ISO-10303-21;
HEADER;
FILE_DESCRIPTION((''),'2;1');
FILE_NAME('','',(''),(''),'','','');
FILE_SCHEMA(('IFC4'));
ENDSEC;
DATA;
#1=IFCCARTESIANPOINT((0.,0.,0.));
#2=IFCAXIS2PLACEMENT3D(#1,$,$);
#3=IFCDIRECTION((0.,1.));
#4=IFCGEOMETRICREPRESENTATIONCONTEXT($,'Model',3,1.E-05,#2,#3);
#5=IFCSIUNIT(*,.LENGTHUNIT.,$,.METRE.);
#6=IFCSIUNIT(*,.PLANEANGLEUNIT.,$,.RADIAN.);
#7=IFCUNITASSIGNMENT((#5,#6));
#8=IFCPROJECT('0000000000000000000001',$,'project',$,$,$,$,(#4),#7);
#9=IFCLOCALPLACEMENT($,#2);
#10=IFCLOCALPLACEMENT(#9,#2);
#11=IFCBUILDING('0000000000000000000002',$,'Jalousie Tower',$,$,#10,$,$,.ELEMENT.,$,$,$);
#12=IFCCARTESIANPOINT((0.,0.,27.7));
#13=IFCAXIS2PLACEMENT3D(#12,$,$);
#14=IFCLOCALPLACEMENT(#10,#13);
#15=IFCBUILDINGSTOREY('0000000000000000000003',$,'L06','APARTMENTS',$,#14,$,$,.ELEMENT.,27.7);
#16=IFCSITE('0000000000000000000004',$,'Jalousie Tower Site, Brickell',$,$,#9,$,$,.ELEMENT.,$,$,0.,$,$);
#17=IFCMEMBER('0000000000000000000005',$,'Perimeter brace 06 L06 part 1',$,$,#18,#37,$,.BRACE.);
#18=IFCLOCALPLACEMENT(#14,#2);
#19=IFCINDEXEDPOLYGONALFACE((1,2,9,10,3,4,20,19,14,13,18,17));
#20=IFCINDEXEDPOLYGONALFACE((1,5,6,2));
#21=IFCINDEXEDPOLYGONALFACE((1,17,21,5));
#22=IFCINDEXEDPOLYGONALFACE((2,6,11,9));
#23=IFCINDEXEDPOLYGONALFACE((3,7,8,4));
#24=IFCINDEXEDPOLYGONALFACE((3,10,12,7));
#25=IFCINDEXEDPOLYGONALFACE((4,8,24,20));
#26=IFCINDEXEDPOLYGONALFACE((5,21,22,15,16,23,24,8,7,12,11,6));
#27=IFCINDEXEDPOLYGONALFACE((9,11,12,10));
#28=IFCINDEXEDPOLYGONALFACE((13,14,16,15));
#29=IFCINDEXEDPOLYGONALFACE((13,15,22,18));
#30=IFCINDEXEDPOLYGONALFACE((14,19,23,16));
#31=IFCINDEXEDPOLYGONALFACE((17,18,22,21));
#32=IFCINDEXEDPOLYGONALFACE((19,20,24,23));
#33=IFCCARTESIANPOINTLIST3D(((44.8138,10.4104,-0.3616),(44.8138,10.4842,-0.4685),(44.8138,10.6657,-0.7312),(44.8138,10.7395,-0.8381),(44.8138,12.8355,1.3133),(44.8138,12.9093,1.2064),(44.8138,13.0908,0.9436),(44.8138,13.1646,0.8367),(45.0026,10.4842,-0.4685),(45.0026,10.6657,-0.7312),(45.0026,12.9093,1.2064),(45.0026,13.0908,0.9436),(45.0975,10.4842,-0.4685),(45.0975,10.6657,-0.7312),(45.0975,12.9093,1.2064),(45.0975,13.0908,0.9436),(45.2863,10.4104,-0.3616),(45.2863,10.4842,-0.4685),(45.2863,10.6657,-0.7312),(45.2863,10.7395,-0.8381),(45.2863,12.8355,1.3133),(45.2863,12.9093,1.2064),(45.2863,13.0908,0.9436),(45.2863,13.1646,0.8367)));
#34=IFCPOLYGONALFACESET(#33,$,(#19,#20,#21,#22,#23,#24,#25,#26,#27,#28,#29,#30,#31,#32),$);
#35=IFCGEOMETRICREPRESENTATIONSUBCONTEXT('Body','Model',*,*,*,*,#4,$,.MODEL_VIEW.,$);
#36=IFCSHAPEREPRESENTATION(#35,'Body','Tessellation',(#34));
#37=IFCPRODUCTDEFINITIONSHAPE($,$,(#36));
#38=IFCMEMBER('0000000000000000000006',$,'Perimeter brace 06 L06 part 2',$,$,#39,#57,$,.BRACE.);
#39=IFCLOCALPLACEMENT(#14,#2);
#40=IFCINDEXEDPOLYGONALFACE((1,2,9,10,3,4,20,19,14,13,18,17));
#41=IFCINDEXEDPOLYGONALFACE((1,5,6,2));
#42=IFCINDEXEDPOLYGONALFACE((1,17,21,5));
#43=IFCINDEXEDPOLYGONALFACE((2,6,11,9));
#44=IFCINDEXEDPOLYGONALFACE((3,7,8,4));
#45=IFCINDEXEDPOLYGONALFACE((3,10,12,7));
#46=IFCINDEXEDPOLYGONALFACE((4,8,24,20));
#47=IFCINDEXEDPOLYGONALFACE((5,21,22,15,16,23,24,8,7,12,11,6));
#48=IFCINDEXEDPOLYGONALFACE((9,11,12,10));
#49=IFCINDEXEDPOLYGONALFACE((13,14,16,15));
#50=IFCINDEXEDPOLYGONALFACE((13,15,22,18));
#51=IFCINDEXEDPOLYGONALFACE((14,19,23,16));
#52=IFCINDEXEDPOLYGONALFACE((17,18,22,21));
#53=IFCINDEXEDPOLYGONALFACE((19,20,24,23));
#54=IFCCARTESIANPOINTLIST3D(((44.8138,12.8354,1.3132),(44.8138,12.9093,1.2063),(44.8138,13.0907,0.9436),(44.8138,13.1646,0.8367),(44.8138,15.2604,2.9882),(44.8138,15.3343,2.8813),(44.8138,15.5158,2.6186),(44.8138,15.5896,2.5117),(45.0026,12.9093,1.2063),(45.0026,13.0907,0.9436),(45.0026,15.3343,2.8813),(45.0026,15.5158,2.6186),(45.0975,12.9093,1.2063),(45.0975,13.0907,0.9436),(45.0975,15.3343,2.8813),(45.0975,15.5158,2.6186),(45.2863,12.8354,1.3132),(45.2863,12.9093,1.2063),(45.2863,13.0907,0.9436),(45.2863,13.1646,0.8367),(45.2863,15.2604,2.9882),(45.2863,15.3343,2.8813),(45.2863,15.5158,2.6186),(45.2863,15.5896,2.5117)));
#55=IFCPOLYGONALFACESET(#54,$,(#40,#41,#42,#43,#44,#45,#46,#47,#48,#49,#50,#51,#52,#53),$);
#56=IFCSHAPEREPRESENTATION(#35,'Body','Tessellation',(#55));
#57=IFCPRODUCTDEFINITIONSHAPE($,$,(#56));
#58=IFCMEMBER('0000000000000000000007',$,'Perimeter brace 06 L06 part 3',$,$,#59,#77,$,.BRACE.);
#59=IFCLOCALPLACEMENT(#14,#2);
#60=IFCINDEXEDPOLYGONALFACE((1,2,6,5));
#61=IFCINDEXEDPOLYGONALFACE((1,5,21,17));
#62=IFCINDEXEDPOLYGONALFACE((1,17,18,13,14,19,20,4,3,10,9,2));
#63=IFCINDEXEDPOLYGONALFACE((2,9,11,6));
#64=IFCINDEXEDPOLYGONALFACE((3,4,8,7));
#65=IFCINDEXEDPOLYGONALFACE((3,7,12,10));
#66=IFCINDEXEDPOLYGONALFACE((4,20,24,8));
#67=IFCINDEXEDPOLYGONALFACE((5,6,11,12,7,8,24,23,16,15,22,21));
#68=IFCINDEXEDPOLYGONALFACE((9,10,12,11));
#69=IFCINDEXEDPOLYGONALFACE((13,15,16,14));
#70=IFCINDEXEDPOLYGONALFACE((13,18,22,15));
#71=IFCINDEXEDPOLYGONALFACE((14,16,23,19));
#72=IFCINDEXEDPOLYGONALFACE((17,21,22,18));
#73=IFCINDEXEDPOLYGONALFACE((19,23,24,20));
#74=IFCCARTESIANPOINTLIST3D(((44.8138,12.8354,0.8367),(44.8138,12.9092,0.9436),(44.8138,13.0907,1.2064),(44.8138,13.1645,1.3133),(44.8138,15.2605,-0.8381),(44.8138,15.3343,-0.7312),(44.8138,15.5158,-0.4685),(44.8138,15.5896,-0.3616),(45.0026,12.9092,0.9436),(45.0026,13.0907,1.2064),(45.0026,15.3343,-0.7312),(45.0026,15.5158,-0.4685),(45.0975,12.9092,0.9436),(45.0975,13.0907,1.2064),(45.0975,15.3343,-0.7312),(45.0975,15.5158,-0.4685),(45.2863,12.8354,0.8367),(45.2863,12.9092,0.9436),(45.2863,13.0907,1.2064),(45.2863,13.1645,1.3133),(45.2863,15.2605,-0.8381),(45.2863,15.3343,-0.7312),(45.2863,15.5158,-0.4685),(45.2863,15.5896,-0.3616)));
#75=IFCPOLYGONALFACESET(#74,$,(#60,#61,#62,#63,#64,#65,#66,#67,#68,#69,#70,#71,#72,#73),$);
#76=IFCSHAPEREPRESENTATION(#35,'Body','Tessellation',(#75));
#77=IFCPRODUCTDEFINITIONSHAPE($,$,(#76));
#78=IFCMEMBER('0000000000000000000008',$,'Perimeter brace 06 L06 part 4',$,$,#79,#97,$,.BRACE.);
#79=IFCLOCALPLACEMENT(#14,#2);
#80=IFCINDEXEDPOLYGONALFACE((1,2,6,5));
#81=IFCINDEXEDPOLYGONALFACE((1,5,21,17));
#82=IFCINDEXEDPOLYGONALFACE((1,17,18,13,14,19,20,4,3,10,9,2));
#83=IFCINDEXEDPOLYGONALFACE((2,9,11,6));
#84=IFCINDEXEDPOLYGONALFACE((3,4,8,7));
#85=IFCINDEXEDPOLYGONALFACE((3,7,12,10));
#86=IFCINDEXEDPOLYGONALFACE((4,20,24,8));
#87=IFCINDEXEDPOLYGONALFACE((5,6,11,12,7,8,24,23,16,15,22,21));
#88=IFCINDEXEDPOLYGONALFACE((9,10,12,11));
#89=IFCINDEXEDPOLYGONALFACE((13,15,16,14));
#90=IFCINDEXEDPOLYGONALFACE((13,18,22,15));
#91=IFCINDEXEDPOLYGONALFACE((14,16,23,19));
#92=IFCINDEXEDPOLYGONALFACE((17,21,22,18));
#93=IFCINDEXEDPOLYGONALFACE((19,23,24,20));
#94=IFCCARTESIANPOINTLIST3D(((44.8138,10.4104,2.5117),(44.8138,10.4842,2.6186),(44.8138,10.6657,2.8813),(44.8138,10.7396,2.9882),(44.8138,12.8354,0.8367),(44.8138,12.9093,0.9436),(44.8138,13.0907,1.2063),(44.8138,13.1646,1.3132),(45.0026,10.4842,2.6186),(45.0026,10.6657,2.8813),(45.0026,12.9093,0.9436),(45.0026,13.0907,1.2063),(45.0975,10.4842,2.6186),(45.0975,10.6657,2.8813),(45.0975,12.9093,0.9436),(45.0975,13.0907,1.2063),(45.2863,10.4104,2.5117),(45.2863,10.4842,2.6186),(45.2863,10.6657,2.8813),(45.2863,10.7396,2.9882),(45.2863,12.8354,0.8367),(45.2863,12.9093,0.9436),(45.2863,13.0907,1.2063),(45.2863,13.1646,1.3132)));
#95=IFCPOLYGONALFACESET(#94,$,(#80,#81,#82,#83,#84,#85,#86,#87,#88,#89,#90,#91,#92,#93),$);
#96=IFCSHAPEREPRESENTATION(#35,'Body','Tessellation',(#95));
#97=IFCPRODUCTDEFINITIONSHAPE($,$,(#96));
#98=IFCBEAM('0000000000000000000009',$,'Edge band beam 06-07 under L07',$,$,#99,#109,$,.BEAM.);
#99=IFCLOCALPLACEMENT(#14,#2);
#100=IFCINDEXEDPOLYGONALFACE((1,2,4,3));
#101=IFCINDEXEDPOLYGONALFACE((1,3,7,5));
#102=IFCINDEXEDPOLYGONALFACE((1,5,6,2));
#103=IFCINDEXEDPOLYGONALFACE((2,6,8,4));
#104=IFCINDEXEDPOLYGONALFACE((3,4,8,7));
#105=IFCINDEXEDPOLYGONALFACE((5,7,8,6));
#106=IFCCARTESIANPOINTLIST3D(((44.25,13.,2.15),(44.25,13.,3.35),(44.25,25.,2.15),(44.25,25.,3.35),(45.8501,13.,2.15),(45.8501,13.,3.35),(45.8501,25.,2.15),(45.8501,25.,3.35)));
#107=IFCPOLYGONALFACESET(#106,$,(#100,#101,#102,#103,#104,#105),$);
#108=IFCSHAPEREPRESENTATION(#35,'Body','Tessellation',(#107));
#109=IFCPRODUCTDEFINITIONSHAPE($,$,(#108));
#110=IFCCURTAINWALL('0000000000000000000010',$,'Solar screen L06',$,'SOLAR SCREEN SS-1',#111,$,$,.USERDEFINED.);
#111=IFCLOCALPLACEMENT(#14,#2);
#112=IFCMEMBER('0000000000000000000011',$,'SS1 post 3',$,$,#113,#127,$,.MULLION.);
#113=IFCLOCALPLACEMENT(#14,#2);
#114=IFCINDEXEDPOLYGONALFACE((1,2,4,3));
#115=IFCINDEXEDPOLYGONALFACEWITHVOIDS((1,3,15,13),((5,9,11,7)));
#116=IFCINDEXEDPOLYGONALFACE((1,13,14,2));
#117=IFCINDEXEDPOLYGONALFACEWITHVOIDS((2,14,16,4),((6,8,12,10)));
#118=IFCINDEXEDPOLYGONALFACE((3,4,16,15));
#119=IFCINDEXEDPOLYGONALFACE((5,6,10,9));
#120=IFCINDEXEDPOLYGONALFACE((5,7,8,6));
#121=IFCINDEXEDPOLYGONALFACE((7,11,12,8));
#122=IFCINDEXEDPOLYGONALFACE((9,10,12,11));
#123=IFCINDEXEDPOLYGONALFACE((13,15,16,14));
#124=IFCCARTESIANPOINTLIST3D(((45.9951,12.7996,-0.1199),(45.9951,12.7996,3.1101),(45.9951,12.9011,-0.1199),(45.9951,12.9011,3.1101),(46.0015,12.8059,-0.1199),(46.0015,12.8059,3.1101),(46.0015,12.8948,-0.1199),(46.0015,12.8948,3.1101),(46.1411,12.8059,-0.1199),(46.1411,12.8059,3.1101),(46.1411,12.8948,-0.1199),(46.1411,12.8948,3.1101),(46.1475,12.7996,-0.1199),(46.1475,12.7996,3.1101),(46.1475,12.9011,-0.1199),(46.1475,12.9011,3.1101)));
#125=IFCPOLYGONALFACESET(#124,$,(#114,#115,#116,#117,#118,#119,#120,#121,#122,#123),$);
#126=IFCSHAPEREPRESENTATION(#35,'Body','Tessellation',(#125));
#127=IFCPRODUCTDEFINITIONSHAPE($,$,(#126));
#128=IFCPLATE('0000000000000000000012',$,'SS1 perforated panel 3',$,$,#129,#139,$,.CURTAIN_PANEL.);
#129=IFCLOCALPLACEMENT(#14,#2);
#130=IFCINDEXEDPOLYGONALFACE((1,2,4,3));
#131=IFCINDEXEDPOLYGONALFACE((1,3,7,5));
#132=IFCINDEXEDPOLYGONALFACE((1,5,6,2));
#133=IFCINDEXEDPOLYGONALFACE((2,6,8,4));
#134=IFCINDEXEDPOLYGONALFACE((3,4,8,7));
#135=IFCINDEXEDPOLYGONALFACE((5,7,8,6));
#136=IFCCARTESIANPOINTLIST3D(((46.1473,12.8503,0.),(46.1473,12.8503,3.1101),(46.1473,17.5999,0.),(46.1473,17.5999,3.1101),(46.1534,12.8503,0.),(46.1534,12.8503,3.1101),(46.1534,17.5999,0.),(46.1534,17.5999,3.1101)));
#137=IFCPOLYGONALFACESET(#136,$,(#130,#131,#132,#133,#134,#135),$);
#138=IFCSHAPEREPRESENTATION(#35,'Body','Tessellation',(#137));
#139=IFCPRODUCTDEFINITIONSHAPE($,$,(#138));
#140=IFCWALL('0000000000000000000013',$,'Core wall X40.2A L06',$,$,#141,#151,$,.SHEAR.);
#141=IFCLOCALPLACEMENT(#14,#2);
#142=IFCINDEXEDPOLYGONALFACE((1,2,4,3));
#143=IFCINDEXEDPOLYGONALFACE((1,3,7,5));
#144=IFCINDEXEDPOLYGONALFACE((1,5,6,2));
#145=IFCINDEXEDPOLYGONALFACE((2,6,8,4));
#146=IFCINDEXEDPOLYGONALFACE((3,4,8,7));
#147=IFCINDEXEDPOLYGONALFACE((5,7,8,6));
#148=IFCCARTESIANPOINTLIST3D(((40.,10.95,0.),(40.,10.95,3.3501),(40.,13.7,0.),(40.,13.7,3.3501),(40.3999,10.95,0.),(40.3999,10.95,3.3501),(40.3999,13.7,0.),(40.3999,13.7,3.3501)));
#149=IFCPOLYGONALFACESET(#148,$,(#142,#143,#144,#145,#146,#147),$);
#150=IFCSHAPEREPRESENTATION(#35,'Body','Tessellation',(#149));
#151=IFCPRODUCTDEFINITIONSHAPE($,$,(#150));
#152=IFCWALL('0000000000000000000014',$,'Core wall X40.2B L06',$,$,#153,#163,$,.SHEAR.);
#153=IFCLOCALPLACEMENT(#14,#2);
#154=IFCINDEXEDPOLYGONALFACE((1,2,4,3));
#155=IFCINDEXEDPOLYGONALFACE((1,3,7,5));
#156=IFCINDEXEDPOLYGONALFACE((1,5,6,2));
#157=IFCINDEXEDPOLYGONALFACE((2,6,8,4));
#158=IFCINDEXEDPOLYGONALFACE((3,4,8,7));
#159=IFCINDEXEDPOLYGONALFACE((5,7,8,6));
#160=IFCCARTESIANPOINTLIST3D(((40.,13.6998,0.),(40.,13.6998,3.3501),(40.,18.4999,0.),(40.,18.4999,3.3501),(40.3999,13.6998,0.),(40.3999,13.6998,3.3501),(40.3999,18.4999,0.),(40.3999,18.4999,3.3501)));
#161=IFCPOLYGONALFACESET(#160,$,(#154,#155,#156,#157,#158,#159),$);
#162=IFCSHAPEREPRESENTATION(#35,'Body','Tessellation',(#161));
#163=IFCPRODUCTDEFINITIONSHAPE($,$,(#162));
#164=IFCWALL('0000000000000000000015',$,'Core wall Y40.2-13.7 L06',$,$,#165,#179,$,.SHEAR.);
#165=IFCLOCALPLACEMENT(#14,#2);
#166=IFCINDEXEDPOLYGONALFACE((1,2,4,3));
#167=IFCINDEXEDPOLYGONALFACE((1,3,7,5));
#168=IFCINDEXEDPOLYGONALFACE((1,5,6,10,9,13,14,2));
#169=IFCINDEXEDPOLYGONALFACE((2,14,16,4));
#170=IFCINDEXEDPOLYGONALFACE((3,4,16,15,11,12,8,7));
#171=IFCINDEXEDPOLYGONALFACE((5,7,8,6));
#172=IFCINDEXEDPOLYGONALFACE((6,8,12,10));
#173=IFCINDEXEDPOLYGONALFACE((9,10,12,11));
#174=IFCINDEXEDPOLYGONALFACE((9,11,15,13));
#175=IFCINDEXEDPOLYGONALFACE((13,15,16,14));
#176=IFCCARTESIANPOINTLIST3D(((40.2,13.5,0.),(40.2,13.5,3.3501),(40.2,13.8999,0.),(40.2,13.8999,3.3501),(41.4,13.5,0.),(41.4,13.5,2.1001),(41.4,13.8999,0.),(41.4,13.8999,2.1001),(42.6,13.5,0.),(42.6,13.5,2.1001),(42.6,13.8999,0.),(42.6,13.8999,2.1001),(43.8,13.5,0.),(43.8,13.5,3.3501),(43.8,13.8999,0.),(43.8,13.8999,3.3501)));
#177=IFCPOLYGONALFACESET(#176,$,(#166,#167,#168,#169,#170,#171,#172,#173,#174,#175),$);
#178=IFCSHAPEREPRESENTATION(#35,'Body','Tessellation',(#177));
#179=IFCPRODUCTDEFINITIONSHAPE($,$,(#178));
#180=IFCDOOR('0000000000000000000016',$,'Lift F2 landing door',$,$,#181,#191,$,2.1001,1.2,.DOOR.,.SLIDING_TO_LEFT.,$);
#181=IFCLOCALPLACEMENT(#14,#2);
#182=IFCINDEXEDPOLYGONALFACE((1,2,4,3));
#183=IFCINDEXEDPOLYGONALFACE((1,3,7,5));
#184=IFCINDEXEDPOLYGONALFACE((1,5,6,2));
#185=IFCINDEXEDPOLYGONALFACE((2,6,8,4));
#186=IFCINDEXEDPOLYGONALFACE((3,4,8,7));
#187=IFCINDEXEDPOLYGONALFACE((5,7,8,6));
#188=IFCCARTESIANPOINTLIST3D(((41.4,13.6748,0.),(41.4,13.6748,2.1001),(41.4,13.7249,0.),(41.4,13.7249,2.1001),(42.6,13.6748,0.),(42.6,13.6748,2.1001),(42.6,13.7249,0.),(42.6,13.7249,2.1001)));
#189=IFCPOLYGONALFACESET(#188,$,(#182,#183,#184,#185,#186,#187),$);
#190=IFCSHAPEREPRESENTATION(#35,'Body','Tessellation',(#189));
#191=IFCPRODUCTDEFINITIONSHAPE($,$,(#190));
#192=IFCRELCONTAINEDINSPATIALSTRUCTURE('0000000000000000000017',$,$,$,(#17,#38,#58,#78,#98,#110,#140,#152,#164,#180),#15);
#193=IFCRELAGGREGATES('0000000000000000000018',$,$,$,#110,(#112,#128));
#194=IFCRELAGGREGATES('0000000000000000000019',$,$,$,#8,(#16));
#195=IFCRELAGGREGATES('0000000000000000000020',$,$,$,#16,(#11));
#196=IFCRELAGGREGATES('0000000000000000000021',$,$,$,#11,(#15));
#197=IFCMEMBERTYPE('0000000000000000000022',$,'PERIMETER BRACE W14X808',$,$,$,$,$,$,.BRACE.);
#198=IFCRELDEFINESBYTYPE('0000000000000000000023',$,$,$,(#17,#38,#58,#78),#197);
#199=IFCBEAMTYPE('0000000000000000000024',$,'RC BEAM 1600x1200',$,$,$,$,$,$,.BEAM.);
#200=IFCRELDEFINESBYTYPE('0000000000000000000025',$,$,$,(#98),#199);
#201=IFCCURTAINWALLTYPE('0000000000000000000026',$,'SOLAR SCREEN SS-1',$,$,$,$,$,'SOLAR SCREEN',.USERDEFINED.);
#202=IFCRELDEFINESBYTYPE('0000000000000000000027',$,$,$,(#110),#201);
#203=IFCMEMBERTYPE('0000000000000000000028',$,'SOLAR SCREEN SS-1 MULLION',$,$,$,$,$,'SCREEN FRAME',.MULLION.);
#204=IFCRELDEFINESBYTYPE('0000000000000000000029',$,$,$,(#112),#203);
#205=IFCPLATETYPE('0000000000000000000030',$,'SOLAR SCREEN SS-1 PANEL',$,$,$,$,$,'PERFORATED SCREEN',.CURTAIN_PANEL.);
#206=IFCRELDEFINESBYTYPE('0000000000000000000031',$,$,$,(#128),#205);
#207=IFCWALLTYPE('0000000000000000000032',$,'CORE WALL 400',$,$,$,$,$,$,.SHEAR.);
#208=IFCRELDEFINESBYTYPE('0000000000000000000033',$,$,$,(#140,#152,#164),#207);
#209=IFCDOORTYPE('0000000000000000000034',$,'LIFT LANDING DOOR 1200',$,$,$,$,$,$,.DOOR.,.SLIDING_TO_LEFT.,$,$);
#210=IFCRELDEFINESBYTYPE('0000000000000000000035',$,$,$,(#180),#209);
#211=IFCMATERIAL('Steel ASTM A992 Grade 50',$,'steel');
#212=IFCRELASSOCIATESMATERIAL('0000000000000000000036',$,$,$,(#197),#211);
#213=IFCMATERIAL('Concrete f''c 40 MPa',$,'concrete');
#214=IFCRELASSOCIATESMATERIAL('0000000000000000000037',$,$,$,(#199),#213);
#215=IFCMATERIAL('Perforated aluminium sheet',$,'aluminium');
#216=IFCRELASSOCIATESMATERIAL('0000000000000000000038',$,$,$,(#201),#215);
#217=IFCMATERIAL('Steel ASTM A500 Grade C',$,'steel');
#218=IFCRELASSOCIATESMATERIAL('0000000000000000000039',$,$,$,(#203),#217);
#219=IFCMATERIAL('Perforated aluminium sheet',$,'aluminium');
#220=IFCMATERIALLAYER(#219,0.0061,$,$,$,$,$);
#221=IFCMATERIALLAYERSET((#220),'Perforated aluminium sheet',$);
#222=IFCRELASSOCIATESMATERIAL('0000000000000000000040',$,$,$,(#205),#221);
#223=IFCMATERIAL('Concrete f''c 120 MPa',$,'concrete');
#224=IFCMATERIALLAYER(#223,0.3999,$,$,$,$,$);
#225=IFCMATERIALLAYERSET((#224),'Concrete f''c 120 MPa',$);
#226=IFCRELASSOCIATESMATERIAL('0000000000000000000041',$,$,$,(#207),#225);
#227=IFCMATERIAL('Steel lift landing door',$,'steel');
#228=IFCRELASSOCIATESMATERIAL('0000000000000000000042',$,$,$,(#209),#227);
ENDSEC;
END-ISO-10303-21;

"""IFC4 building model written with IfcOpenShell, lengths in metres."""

from ifc_helpers import new_model, si_unit, direction, frame, frame_2d, origin, origin_2d, place, context, subcontext, project, spatial, rectangle, hollow_rectangle, i_section, extrude, material, layer, layer_set, material_profile, profile_set, type_object, element, fill, aggregate, save


model = new_model("IFC4")

# Units and contexts
model_context = context("Model", 3, precision=1e-05, world=origin(), true_north=direction((0.0, 1.0)))
body_context = subcontext(model_context, "Body", "Model", "MODEL_VIEW")
ifc_project = project(units=[si_unit("LENGTHUNIT", "METRE"), si_unit("PLANEANGLEUNIT", "RADIAN")], contexts=[model_context])

# Site, building, storey
site_placement = place(None, origin())
site = spatial("IfcSite", under=ifc_project, at=site_placement, Name="Jalousie Tower Site, Brickell", CompositionType="ELEMENT", RefElevation=0.0)
building_placement = place(site_placement, origin())
building = spatial("IfcBuilding", under=site, at=building_placement, Name="Jalousie Tower", CompositionType="ELEMENT")
storey_placement = place(building_placement, frame((0.0, 0.0, 27.7)))
storey = spatial("IfcBuildingStorey", under=building, at=storey_placement, Name="L06", Description="APARTMENTS", CompositionType="ELEMENT", Elevation=27.7)

# Members
ifc_material_1 = material(Name="Steel ASTM A992 Grade 50", Category="steel")
ifc_material_profile_1 = material_profile(ifc_material_1, i_section(OverallWidth=0.4724, OverallDepth=0.5791, WebThickness=0.095, FlangeThickness=0.1299, at=origin_2d()), Name="W14X808")
ifc_profile_set_1 = profile_set([ifc_material_profile_1], Name="Steel ASTM A992 Grade 50")
member_type_1 = type_object("IfcMemberType", Name="PERIMETER BRACE W14X808", PredefinedType="BRACE", material=ifc_profile_set_1)
for number, where, z_axis, x_axis, name in (
    (1, (45.05, 10.575, -0.5999), (0.0, 0.822839, 0.568275), (-1.0, 0.0, 0.0), "Perimeter brace 06 L06 part 1"),
    (2, (45.05, 13.0, 1.075), (0.0, 0.8228, 0.568331), (-1.0, 0.0, 0.0), "Perimeter brace 06 L06 part 2"),
    (3, (45.05, 15.425, -0.5999), (0.0, -0.822839, 0.568275), (1.0, 0.0, 0.0), "Perimeter brace 06 L06 part 3"),
    (4, (45.05, 13.0, 1.075), (0.0, -0.8228, 0.568331), (1.0, 0.0, 0.0), "Perimeter brace 06 L06 part 4"),
):
    element("IfcMember", number, at=place(storey_placement, frame(where, z_axis=z_axis, x_axis=x_axis)), inside=storey, type_object=member_type_1, Name=name, PredefinedType="BRACE", context=body_context, shape_type="SweptSolid", body=[
        extrude(i_section(OverallWidth=0.4724, OverallDepth=0.5791, WebThickness=0.095, FlangeThickness=0.1299, at=origin_2d()), origin(), (0.0, 0.0, 1.0), 2.9473),
    ])

# Beam
ifc_material_2 = material(Name="Concrete f'c 40 MPa", Category="concrete")
ifc_material_profile_2 = material_profile(ifc_material_2, rectangle(XDim=1.6001, YDim=1.2, at=origin_2d()), Name="RC 1600x1200")
ifc_profile_set_2 = profile_set([ifc_material_profile_2], Name="Concrete f'c 40 MPa")
beam_type = type_object("IfcBeamType", Name="RC BEAM 1600x1200", PredefinedType="BEAM", material=ifc_profile_set_2)
beam_placement = place(storey_placement, frame((45.05, 13.0, 2.75), z_axis=(0.0, 1.0, 0.0), x_axis=(-1.0, 0.0, 0.0)))
element("IfcBeam", 5, at=beam_placement, inside=storey, type_object=beam_type, Name="Edge band beam 06-07 under L07", PredefinedType="BEAM", context=body_context, shape_type="SweptSolid", body=[
    extrude(rectangle(XDim=1.6001, YDim=1.2, at=origin_2d()), origin(), (0.0, 0.0, 1.0), 12.0),
])

# Curtain wall, member, plate
ifc_material_3 = material(Name="Perforated aluminium sheet", Category="aluminium")
curtain_wall_type = type_object("IfcCurtainWallType", Name="SOLAR SCREEN SS-1", ElementType="SOLAR SCREEN", PredefinedType="USERDEFINED", material=ifc_material_3)
curtain_wall_placement = place(storey_placement, origin())
curtain_wall = element("IfcCurtainWall", 6, at=curtain_wall_placement, inside=storey, type_object=curtain_wall_type, Name="Solar screen L06", ObjectType="SOLAR SCREEN SS-1", PredefinedType="USERDEFINED")
ifc_material_4 = material(Name="Steel ASTM A500 Grade C", Category="steel")
ifc_material_profile_3 = material_profile(ifc_material_4, hollow_rectangle(XDim=0.1016, YDim=0.1523, WallThickness=0.0063, at=origin_2d()), Name="HSS6X4X1/4")
ifc_profile_set_3 = profile_set([ifc_material_profile_3], Name="Steel ASTM A500 Grade C")
member_type_2 = type_object("IfcMemberType", Name="SOLAR SCREEN SS-1 MULLION", ElementType="SCREEN FRAME", PredefinedType="MULLION", material=ifc_profile_set_3)
member_placement = place(storey_placement, frame((46.0713, 12.8503, -0.1199), z_axis=(0.0, 0.0, 1.0), x_axis=(0.0, 1.0, 0.0)))
member = element("IfcMember", 7, at=member_placement, type_object=member_type_2, Name="SS1 post 3", PredefinedType="MULLION", context=body_context, shape_type="SweptSolid", body=[
    extrude(hollow_rectangle(XDim=0.1016, YDim=0.1523, WallThickness=0.0063, at=origin_2d()), origin(), (0.0, 0.0, 1.0), 3.23),
])
ifc_material_5 = material(Name="Perforated aluminium sheet", Category="aluminium")
ifc_layer_1 = layer(ifc_material_5, 0.0061)
ifc_layer_set_1 = layer_set([ifc_layer_1], Name="Perforated aluminium sheet")
plate_type = type_object("IfcPlateType", Name="SOLAR SCREEN SS-1 PANEL", ElementType="PERFORATED SCREEN", PredefinedType="CURTAIN_PANEL", material=ifc_layer_set_1)
plate_placement = place(storey_placement, frame((46.1504, 15.2251, 0.0), z_axis=(0.0, 0.0, 1.0), x_axis=(0.0, 1.0, 0.0)))
plate = element("IfcPlate", 8, at=plate_placement, type_object=plate_type, Name="SS1 perforated panel 3", PredefinedType="CURTAIN_PANEL", context=body_context, shape_type="SweptSolid", body=[
    extrude(rectangle(XDim=4.7495, YDim=0.0061, at=origin_2d()), origin(), (0.0, 0.0, 1.0), 3.1101),
])
aggregate(curtain_wall, [member, plate])

# Walls
ifc_material_6 = material(Name="Concrete f'c 120 MPa", Category="concrete")
ifc_layer_2 = layer(ifc_material_6, 0.3999)
ifc_layer_set_2 = layer_set([ifc_layer_2], Name="Concrete f'c 120 MPa")
wall_type_1 = type_object("IfcWallType", Name="CORE WALL 400", PredefinedType="SHEAR", material=ifc_layer_set_2)
wall_1_placement = place(storey_placement, frame((40.2, 10.95, 0.0), z_axis=(0.0, 0.0, 1.0), x_axis=(0.0, 1.0, 0.0)))
element("IfcWall", 9, at=wall_1_placement, inside=storey, type_object=wall_type_1, Name="Core wall X40.2A L06", PredefinedType="SHEAR", context=body_context, shape_type="SweptSolid", body=[
    extrude(rectangle(XDim=2.75, YDim=0.3999, at=frame_2d((1.375, 0.0))), origin(), (0.0, 0.0, 1.0), 3.3501),
])
wall_2_placement = place(storey_placement, frame((40.2, 13.7, 0.0), z_axis=(0.0, 0.0, 1.0), x_axis=(0.0, 1.0, 0.0)))
element("IfcWall", 10, at=wall_2_placement, inside=storey, type_object=wall_type_1, Name="Core wall X40.2B L06", PredefinedType="SHEAR", context=body_context, shape_type="SweptSolid", body=[
    extrude(rectangle(XDim=4.8, YDim=0.3999, at=frame_2d((2.3999, 0.0))), origin(), (0.0, 0.0, 1.0), 3.3501),
])

# Wall, opening, door
wall_3_placement = place(storey_placement, frame((40.2, 13.7, 0.0), z_axis=(0.0, 0.0, 1.0), x_axis=(1.0, 0.0, 0.0)))
wall_3 = element("IfcWall", 11, at=wall_3_placement, inside=storey, type_object=wall_type_1, Name="Core wall Y40.2-13.7 L06", PredefinedType="SHEAR", context=body_context, shape_type="SweptSolid", body=[
    extrude(rectangle(XDim=3.6001, YDim=0.3999, at=frame_2d((1.8, 0.0))), origin(), (0.0, 0.0, 1.0), 3.3501),
])
opening_1_placement = place(wall_3_placement, frame((1.2, 0.0, 0.0)))
opening_1 = element("IfcOpeningElement", 12, at=opening_1_placement, cuts=wall_3, PredefinedType="OPENING", context=body_context, shape_type="SweptSolid", body=[
    extrude(rectangle(XDim=1.2, YDim=2.1001, at=frame_2d((0.6001, 1.05))), frame((0.0, 0.21, 0.0), z_axis=(0.0, -1.0, 0.0), x_axis=(1.0, 0.0, 0.0)), (0.0, 0.0, 1.0), 0.4199),
])
ifc_material_7 = material(Name="Steel lift landing door", Category="steel")
door_type_1 = type_object("IfcDoorType", Name="LIFT LANDING DOOR 1200", OperationType="SLIDING_TO_LEFT", PredefinedType="DOOR", material=ifc_material_7)
door_1_placement = place(opening_1_placement, origin())
door_1 = element("IfcDoor", 13, at=door_1_placement, inside=storey, type_object=door_type_1, Name="Lift F2 landing door", OperationType="SLIDING_TO_LEFT", OverallHeight=2.1001, OverallWidth=1.2, PredefinedType="DOOR", context=body_context, shape_type="SweptSolid", body=[
    extrude(rectangle(XDim=1.2, YDim=2.1001, at=frame_2d((0.6001, 1.05))), frame((0.0, 0.0249, 0.0), z_axis=(0.0, -1.0, 0.0), x_axis=(1.0, 0.0, 0.0)), (0.0, 0.0, 1.0), 0.05),
])
fill(opening_1, door_1)

save(model, "model.ifc")
